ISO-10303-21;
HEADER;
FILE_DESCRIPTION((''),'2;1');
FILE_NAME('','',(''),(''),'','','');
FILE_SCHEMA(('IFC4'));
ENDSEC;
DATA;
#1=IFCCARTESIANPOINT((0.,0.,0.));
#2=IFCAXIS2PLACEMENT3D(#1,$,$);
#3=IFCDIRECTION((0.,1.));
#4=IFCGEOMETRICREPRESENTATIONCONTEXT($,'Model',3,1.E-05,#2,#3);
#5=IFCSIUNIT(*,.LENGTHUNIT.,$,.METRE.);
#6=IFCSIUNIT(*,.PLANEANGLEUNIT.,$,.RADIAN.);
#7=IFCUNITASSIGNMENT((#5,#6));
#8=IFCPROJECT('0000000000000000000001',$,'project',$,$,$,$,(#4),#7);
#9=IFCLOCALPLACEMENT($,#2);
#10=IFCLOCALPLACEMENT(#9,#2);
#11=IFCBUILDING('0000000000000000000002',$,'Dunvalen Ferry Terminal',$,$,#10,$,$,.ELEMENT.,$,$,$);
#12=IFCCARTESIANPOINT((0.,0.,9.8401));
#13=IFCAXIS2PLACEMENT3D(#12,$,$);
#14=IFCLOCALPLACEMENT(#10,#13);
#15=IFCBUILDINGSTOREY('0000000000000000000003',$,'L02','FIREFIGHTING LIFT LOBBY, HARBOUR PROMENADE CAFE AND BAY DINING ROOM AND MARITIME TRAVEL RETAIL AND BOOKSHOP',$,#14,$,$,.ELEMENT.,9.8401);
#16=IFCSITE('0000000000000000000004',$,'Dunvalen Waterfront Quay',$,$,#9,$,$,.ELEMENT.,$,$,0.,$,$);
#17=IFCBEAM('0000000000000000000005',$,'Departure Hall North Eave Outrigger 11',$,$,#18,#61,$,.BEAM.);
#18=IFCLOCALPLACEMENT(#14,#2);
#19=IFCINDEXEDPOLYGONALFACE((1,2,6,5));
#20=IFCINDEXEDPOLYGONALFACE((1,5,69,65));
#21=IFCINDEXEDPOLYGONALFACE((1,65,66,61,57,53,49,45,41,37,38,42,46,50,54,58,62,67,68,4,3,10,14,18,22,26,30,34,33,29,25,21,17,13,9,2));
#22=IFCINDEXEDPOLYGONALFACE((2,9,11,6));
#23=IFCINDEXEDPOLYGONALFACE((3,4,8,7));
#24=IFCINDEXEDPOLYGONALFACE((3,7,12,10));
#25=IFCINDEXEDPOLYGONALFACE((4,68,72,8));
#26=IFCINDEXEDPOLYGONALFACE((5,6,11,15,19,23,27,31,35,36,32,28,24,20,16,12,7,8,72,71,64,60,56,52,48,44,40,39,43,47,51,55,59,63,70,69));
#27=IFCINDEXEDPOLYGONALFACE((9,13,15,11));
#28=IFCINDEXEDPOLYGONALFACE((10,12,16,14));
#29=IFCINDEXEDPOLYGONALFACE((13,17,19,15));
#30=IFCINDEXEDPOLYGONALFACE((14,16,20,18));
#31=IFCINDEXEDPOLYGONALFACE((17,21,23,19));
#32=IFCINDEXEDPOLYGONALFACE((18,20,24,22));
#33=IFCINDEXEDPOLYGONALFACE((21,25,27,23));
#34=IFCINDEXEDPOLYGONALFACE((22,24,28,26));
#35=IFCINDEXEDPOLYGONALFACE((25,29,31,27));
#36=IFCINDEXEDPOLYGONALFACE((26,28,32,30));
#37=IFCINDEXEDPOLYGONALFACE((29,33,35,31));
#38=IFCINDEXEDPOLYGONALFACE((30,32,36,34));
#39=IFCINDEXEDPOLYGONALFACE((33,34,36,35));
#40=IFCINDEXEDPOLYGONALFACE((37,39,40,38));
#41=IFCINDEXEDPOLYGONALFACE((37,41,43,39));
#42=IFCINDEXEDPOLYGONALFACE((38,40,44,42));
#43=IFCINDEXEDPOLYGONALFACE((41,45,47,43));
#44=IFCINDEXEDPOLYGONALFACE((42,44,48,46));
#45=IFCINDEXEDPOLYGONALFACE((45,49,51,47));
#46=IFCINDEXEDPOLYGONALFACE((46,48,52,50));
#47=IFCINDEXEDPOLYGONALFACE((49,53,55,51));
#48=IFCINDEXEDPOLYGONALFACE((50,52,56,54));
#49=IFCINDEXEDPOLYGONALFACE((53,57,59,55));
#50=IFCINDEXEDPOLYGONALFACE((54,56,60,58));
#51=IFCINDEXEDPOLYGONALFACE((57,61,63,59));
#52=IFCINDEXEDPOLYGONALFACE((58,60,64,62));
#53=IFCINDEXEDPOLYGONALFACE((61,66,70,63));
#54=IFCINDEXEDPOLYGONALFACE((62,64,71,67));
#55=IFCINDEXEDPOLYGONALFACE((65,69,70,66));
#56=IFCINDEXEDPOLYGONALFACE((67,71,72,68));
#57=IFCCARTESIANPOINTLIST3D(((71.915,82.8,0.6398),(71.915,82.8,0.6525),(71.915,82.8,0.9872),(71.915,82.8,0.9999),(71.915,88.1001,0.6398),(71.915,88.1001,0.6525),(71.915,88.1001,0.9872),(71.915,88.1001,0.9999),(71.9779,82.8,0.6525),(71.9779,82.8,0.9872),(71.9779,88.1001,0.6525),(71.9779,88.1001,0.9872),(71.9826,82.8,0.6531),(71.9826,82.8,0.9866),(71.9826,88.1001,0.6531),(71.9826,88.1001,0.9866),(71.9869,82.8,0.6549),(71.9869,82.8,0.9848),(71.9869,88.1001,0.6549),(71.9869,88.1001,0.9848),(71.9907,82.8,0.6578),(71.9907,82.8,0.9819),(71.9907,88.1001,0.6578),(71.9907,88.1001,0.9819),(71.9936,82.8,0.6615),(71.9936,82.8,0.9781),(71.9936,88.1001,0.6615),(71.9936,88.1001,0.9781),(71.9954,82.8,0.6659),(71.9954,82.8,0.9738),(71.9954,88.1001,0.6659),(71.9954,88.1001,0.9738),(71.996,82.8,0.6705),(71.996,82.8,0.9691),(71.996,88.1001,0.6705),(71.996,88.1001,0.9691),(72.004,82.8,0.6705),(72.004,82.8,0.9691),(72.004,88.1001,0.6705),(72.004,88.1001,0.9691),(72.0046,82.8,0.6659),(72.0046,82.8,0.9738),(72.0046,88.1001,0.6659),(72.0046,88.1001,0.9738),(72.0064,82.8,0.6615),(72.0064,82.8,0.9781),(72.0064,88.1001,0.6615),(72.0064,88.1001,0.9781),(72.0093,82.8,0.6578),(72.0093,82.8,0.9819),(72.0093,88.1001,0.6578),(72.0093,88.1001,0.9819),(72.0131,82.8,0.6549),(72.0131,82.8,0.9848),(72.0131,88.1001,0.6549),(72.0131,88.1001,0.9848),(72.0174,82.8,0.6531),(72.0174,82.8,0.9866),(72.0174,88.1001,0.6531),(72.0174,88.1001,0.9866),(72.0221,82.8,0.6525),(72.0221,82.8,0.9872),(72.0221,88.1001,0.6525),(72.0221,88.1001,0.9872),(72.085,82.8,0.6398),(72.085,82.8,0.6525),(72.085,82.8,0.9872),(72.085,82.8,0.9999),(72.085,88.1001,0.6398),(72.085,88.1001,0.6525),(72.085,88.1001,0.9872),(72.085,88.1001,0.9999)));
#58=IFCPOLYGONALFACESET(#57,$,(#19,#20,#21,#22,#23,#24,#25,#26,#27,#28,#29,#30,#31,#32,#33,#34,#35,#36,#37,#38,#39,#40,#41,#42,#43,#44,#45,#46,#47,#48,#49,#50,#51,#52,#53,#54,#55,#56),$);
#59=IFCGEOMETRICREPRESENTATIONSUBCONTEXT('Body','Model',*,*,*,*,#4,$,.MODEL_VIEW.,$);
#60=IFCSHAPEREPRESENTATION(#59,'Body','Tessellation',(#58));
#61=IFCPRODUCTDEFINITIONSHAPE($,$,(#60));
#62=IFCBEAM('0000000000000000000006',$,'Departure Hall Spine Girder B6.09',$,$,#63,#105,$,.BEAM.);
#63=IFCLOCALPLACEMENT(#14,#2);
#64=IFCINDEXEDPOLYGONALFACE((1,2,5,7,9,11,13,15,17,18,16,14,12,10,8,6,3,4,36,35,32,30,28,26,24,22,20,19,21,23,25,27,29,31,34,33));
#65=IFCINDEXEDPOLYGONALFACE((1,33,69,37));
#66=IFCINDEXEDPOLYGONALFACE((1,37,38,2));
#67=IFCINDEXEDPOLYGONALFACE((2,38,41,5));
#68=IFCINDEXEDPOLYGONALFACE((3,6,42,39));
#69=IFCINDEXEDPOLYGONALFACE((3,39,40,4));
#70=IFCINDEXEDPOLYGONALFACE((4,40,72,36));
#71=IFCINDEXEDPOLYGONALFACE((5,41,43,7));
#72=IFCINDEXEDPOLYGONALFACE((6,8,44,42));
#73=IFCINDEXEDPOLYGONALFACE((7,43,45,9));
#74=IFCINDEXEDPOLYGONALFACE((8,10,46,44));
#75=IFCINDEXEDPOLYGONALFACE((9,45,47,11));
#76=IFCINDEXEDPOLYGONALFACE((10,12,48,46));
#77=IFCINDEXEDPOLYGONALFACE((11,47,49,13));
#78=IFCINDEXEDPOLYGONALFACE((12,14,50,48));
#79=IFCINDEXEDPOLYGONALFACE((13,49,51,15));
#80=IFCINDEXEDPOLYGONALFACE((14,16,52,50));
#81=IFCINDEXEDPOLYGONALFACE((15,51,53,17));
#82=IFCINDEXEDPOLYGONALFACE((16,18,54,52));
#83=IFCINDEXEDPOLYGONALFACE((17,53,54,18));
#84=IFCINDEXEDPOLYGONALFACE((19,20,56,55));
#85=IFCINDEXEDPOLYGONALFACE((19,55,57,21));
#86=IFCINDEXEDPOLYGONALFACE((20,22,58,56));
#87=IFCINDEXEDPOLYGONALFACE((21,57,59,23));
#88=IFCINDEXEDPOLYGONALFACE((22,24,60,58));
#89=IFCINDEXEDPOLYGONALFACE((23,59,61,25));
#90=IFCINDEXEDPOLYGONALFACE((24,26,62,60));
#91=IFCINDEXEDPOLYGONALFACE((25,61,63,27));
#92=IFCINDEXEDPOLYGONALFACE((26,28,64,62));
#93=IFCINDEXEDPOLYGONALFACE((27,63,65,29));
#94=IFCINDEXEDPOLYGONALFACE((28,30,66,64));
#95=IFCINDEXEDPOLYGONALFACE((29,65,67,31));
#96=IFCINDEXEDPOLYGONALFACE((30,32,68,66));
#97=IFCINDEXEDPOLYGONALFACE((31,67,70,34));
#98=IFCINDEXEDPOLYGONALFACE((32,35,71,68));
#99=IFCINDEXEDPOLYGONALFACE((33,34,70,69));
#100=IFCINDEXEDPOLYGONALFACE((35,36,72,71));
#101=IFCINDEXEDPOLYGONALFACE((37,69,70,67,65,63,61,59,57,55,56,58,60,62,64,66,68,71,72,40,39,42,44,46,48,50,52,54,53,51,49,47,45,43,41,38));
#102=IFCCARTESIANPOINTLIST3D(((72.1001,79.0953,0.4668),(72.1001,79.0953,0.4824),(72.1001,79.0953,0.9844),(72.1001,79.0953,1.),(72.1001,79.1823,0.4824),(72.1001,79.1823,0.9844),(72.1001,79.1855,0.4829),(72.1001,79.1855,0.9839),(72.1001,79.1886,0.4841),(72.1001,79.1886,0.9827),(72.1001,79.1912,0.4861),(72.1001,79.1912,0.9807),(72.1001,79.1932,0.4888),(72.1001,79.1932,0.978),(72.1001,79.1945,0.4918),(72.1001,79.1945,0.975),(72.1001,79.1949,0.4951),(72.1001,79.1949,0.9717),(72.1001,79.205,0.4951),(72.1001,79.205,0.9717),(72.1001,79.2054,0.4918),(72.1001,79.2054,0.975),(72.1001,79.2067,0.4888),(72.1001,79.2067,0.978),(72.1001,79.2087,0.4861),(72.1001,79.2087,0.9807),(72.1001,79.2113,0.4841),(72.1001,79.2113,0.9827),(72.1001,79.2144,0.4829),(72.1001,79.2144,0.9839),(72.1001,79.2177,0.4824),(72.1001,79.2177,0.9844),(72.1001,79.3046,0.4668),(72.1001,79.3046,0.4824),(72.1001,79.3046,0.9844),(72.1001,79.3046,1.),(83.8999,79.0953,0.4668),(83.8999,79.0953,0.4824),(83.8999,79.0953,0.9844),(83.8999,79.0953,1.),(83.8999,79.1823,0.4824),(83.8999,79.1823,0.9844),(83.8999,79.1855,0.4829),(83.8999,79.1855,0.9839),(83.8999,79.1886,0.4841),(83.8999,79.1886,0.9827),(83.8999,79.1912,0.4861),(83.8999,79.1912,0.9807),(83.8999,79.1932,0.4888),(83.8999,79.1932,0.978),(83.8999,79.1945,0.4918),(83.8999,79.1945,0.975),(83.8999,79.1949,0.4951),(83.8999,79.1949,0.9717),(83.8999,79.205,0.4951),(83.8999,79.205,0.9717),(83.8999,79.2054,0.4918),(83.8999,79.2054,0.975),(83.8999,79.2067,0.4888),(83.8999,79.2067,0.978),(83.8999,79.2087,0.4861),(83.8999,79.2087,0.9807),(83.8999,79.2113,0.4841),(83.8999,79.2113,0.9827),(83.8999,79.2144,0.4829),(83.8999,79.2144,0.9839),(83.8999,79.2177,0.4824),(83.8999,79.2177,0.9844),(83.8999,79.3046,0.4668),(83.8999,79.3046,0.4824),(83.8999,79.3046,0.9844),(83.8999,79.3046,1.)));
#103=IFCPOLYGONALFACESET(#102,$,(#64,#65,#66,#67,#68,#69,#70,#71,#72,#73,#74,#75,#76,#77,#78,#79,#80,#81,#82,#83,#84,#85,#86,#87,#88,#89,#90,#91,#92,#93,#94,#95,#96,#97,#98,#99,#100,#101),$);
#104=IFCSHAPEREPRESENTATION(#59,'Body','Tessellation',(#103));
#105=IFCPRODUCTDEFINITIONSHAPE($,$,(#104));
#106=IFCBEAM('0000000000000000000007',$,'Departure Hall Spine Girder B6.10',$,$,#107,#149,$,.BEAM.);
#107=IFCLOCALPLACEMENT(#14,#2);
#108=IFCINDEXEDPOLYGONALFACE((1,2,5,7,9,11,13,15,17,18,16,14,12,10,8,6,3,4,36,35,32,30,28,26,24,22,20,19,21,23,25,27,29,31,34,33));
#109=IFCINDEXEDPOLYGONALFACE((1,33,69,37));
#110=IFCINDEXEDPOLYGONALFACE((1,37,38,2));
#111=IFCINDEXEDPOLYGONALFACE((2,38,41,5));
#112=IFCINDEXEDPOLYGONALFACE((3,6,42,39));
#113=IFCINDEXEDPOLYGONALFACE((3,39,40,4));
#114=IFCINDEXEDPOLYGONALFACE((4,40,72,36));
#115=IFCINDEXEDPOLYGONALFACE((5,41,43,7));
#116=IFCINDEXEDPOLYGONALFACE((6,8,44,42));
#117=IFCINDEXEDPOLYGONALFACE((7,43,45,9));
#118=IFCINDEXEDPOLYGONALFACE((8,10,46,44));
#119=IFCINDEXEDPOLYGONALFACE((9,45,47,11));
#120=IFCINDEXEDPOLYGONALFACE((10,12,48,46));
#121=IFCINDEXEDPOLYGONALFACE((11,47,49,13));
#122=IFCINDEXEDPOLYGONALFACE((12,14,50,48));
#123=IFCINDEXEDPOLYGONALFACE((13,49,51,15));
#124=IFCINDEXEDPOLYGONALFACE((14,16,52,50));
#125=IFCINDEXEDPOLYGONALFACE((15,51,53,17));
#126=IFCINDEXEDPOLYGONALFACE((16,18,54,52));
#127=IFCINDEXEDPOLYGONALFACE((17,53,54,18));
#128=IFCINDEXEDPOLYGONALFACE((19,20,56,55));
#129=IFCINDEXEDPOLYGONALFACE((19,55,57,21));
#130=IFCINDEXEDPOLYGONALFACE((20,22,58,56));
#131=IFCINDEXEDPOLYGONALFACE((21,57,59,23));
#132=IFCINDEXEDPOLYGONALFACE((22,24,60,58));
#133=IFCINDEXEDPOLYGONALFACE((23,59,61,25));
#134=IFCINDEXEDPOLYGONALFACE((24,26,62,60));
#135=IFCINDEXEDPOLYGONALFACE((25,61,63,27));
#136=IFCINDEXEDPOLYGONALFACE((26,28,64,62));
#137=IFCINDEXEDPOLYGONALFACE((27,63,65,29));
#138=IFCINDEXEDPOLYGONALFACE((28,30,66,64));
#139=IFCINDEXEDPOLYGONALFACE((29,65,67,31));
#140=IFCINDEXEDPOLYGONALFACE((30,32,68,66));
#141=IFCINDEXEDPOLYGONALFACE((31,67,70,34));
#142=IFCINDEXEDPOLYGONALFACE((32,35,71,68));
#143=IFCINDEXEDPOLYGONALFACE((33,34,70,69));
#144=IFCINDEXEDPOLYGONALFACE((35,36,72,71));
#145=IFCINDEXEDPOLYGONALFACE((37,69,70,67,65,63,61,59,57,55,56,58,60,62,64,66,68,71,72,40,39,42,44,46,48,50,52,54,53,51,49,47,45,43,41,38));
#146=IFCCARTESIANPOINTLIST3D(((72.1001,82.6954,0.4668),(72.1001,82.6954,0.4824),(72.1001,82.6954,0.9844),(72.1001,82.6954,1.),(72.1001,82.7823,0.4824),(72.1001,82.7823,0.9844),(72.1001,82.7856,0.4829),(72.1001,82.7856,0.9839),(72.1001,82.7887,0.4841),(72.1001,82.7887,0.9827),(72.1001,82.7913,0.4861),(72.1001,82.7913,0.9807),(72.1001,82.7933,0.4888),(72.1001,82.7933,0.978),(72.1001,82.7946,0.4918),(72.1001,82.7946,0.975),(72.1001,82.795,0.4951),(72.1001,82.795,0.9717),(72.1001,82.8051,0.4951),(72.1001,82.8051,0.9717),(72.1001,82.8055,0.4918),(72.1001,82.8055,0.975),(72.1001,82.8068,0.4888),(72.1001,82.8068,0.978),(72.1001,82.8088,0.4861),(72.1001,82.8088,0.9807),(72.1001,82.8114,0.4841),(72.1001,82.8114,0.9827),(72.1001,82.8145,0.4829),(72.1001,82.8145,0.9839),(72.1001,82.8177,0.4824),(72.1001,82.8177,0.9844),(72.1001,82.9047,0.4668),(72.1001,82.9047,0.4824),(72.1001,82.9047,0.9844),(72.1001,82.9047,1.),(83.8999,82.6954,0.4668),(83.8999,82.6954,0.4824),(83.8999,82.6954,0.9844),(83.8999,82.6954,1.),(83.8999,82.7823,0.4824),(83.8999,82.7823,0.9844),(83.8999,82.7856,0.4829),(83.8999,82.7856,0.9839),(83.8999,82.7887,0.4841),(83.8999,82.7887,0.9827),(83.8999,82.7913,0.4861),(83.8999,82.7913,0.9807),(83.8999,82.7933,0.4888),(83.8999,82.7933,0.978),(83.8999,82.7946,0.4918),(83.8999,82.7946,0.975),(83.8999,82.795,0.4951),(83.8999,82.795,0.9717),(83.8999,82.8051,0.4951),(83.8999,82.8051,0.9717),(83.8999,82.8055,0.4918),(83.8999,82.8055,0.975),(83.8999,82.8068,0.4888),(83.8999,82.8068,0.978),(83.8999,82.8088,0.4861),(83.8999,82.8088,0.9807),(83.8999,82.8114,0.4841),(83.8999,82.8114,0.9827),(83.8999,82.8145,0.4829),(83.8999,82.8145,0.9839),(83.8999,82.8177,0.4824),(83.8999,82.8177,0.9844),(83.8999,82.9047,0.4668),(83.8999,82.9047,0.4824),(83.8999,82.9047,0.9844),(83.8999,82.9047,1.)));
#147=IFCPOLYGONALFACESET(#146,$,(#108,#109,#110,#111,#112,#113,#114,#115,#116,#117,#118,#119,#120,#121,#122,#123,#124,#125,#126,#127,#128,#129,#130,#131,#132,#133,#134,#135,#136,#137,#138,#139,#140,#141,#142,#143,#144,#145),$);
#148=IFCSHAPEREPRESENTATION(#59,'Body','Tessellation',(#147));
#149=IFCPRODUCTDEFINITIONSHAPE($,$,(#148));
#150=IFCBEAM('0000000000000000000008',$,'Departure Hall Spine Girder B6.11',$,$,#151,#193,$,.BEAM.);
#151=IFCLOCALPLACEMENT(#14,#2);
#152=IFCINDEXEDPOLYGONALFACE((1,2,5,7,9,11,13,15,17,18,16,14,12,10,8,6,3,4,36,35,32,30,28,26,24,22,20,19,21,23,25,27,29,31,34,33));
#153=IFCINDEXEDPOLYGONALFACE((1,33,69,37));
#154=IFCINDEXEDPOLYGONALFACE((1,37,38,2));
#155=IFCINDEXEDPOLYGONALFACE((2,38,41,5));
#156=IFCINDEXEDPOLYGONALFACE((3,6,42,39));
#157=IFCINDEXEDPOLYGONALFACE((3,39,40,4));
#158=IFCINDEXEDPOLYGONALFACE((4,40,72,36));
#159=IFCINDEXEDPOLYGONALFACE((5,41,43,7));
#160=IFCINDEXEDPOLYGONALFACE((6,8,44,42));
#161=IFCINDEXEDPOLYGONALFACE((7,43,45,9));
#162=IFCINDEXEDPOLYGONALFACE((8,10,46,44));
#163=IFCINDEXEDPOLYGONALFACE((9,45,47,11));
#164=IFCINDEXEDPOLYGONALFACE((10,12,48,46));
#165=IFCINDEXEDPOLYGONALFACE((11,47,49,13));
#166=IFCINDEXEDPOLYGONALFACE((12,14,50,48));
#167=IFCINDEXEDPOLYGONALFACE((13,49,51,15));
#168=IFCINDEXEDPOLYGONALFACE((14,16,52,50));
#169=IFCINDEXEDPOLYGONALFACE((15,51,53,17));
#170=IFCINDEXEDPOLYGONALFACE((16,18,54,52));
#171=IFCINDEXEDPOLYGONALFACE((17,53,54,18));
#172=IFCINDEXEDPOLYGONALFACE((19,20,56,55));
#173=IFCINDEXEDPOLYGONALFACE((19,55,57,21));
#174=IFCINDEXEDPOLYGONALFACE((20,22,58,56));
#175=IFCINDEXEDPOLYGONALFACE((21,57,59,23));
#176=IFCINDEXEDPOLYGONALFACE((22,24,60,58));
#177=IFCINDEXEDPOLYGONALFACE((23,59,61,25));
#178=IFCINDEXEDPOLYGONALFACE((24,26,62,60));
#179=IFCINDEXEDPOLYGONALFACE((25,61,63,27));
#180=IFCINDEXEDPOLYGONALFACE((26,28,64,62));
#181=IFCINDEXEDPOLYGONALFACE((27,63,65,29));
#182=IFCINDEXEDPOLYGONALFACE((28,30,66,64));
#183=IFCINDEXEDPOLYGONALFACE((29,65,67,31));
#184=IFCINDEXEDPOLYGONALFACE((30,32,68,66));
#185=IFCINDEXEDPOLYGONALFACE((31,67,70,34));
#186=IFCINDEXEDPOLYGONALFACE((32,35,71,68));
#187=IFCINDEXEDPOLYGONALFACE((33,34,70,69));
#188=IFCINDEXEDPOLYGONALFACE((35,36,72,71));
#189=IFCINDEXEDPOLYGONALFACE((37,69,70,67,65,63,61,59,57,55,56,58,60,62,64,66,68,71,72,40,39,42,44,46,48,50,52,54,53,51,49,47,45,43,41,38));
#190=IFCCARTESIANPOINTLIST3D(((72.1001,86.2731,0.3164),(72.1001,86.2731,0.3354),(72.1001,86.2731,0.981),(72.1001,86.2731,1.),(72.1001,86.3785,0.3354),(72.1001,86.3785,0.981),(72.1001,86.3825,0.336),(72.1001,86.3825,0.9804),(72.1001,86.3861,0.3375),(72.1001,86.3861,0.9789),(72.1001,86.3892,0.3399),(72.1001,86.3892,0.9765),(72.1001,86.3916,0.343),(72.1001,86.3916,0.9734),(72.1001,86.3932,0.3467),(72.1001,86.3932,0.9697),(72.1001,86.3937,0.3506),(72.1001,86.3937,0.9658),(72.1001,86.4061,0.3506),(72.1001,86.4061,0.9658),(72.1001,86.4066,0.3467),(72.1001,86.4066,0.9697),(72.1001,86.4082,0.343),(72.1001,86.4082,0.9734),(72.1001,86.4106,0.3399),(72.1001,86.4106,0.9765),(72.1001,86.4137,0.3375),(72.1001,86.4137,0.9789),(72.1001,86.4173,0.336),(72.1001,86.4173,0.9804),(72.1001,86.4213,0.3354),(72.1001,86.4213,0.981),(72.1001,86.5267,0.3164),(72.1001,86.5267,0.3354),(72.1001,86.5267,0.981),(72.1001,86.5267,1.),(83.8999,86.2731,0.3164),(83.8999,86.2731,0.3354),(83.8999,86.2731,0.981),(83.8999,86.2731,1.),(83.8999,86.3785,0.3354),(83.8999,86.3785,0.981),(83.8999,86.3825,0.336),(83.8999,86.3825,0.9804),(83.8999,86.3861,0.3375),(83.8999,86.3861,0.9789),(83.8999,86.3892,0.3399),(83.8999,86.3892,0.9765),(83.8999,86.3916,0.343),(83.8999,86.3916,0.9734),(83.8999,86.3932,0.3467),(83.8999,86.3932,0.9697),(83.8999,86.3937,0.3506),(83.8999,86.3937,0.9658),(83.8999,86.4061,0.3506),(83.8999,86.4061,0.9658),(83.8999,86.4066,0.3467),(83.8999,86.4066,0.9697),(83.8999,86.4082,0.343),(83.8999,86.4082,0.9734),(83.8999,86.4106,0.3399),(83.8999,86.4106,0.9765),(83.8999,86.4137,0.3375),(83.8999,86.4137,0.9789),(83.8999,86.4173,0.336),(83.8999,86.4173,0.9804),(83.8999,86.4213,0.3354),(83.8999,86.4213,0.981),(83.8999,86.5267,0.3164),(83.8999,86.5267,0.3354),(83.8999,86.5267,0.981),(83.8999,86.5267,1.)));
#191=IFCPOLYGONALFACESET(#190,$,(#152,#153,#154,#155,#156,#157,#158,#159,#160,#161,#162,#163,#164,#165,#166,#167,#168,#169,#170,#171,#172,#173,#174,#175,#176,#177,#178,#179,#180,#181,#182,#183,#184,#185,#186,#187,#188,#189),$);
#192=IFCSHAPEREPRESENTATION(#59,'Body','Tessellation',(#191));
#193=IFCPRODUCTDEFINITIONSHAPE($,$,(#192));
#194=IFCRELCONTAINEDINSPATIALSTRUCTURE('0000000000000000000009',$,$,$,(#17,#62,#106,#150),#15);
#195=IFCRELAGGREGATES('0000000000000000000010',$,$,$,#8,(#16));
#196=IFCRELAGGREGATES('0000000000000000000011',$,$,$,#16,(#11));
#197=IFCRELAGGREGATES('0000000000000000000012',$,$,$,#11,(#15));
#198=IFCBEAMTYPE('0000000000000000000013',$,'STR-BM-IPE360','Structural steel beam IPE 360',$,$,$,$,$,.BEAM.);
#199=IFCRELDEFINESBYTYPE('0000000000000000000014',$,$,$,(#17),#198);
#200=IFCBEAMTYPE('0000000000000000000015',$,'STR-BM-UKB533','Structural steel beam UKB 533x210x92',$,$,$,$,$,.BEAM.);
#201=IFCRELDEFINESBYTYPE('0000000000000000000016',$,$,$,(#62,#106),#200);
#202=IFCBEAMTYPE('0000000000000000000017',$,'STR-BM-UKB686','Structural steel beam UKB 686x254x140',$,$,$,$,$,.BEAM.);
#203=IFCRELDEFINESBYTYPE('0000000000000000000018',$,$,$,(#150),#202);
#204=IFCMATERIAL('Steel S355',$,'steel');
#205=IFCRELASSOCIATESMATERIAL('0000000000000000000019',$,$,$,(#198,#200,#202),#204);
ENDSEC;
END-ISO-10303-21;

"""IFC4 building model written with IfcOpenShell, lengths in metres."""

from ifc_helpers import new_model, si_unit, direction, frame, origin, origin_2d, place, context, subcontext, project, spatial, i_section, extrude, material, material_profile, profile_set, type_object, element, save


model = new_model("IFC4")

# Units and contexts
model_context = context("Model", 3, precision=1e-05, world=origin(), true_north=direction((0.0, 1.0)))
body_context = subcontext(model_context, "Body", "Model", "MODEL_VIEW")
ifc_project = project(units=[si_unit("LENGTHUNIT", "METRE"), si_unit("PLANEANGLEUNIT", "RADIAN")], contexts=[model_context])

# Site, building, storey
site_placement = place(None, origin())
site = spatial("IfcSite", under=ifc_project, at=site_placement, Name="Dunvalen Waterfront Quay", CompositionType="ELEMENT", RefElevation=0.0)
building_placement = place(site_placement, origin())
building = spatial("IfcBuilding", under=site, at=building_placement, Name="Dunvalen Ferry Terminal", CompositionType="ELEMENT")
storey_placement = place(building_placement, frame((0.0, 0.0, 9.8401)))
storey = spatial("IfcBuildingStorey", under=building, at=storey_placement, Name="L02", Description="FIREFIGHTING LIFT LOBBY, HARBOUR PROMENADE CAFE AND BAY DINING ROOM AND MARITIME TRAVEL RETAIL AND BOOKSHOP", CompositionType="ELEMENT", Elevation=9.8401)

# Beams
ifc_material_1 = material(Name="Steel S355", Category="steel")
ifc_material_profile_1 = material_profile(ifc_material_1, i_section(OverallWidth=0.1699, OverallDepth=0.3601, WebThickness=0.0081, FlangeThickness=0.0127, FilletRadius=0.0181, at=origin_2d()), Name="Steel S355")
ifc_profile_set_1 = profile_set([ifc_material_profile_1], Name="Steel S355")
beam_type_1 = type_object("IfcBeamType", Name="STR-BM-IPE360", Description="Structural steel beam IPE 360", PredefinedType="BEAM", material=ifc_profile_set_1)
beam_1_placement = place(storey_placement, frame((72.0, 82.8, 0.8198), z_axis=(0.0, 1.0, 0.0), x_axis=(-1.0, 0.0, 0.0)))
element("IfcBeam", 1, at=beam_1_placement, inside=storey, type_object=beam_type_1, Name="Departure Hall North Eave Outrigger 11", PredefinedType="BEAM", context=body_context, shape_type="SweptSolid", body=[
    extrude(i_section(OverallWidth=0.1699, OverallDepth=0.3601, WebThickness=0.0081, FlangeThickness=0.0127, FilletRadius=0.0181, at=origin_2d()), origin(), (0.0, 0.0, 1.0), 5.3),
])
ifc_material_profile_2 = material_profile(ifc_material_1, i_section(OverallWidth=0.2092, OverallDepth=0.5332, WebThickness=0.01, FlangeThickness=0.0156, FilletRadius=0.0127, at=origin_2d()), Name="Steel S355")
ifc_profile_set_2 = profile_set([ifc_material_profile_2], Name="Steel S355")
beam_type_2 = type_object("IfcBeamType", Name="STR-BM-UKB533", Description="Structural steel beam UKB 533x210x92", PredefinedType="BEAM", material=ifc_profile_set_2)
for number, where, z_axis, x_axis, name in (
    (2, (72.1001, 79.2, 0.7334), (1.0, 0.0, 0.0), (0.0, 1.0, 0.0), "Departure Hall Spine Girder B6.09"),
    (3, (72.1001, 82.8, 0.7334), (1.0, 0.0, 0.0), (0.0, 1.0, 0.0), "Departure Hall Spine Girder B6.10"),
):
    element("IfcBeam", number, at=place(storey_placement, frame(where, z_axis=z_axis, x_axis=x_axis)), inside=storey, type_object=beam_type_2, Name=name, PredefinedType="BEAM", context=body_context, shape_type="SweptSolid", body=[
        extrude(i_section(OverallWidth=0.2092, OverallDepth=0.5332, WebThickness=0.01, FlangeThickness=0.0156, FilletRadius=0.0127, at=origin_2d()), origin(), (0.0, 0.0, 1.0), 11.7998),
    ])
ifc_material_profile_3 = material_profile(ifc_material_1, i_section(OverallWidth=0.2537, OverallDepth=0.6836, WebThickness=0.0125, FlangeThickness=0.019, FilletRadius=0.0151, at=origin_2d()), Name="Steel S355")
ifc_profile_set_3 = profile_set([ifc_material_profile_3], Name="Steel S355")
beam_type_3 = type_object("IfcBeamType", Name="STR-BM-UKB686", Description="Structural steel beam UKB 686x254x140", PredefinedType="BEAM", material=ifc_profile_set_3)
beam_2_placement = place(storey_placement, frame((72.1001, 86.3999, 0.6582), z_axis=(1.0, 0.0, 0.0), x_axis=(0.0, 1.0, 0.0)))
element("IfcBeam", 4, at=beam_2_placement, inside=storey, type_object=beam_type_3, Name="Departure Hall Spine Girder B6.11", PredefinedType="BEAM", context=body_context, shape_type="SweptSolid", body=[
    extrude(i_section(OverallWidth=0.2537, OverallDepth=0.6836, WebThickness=0.0125, FlangeThickness=0.019, FilletRadius=0.0151, at=origin_2d()), origin(), (0.0, 0.0, 1.0), 11.7998),
])

save(model, "model.ifc")
